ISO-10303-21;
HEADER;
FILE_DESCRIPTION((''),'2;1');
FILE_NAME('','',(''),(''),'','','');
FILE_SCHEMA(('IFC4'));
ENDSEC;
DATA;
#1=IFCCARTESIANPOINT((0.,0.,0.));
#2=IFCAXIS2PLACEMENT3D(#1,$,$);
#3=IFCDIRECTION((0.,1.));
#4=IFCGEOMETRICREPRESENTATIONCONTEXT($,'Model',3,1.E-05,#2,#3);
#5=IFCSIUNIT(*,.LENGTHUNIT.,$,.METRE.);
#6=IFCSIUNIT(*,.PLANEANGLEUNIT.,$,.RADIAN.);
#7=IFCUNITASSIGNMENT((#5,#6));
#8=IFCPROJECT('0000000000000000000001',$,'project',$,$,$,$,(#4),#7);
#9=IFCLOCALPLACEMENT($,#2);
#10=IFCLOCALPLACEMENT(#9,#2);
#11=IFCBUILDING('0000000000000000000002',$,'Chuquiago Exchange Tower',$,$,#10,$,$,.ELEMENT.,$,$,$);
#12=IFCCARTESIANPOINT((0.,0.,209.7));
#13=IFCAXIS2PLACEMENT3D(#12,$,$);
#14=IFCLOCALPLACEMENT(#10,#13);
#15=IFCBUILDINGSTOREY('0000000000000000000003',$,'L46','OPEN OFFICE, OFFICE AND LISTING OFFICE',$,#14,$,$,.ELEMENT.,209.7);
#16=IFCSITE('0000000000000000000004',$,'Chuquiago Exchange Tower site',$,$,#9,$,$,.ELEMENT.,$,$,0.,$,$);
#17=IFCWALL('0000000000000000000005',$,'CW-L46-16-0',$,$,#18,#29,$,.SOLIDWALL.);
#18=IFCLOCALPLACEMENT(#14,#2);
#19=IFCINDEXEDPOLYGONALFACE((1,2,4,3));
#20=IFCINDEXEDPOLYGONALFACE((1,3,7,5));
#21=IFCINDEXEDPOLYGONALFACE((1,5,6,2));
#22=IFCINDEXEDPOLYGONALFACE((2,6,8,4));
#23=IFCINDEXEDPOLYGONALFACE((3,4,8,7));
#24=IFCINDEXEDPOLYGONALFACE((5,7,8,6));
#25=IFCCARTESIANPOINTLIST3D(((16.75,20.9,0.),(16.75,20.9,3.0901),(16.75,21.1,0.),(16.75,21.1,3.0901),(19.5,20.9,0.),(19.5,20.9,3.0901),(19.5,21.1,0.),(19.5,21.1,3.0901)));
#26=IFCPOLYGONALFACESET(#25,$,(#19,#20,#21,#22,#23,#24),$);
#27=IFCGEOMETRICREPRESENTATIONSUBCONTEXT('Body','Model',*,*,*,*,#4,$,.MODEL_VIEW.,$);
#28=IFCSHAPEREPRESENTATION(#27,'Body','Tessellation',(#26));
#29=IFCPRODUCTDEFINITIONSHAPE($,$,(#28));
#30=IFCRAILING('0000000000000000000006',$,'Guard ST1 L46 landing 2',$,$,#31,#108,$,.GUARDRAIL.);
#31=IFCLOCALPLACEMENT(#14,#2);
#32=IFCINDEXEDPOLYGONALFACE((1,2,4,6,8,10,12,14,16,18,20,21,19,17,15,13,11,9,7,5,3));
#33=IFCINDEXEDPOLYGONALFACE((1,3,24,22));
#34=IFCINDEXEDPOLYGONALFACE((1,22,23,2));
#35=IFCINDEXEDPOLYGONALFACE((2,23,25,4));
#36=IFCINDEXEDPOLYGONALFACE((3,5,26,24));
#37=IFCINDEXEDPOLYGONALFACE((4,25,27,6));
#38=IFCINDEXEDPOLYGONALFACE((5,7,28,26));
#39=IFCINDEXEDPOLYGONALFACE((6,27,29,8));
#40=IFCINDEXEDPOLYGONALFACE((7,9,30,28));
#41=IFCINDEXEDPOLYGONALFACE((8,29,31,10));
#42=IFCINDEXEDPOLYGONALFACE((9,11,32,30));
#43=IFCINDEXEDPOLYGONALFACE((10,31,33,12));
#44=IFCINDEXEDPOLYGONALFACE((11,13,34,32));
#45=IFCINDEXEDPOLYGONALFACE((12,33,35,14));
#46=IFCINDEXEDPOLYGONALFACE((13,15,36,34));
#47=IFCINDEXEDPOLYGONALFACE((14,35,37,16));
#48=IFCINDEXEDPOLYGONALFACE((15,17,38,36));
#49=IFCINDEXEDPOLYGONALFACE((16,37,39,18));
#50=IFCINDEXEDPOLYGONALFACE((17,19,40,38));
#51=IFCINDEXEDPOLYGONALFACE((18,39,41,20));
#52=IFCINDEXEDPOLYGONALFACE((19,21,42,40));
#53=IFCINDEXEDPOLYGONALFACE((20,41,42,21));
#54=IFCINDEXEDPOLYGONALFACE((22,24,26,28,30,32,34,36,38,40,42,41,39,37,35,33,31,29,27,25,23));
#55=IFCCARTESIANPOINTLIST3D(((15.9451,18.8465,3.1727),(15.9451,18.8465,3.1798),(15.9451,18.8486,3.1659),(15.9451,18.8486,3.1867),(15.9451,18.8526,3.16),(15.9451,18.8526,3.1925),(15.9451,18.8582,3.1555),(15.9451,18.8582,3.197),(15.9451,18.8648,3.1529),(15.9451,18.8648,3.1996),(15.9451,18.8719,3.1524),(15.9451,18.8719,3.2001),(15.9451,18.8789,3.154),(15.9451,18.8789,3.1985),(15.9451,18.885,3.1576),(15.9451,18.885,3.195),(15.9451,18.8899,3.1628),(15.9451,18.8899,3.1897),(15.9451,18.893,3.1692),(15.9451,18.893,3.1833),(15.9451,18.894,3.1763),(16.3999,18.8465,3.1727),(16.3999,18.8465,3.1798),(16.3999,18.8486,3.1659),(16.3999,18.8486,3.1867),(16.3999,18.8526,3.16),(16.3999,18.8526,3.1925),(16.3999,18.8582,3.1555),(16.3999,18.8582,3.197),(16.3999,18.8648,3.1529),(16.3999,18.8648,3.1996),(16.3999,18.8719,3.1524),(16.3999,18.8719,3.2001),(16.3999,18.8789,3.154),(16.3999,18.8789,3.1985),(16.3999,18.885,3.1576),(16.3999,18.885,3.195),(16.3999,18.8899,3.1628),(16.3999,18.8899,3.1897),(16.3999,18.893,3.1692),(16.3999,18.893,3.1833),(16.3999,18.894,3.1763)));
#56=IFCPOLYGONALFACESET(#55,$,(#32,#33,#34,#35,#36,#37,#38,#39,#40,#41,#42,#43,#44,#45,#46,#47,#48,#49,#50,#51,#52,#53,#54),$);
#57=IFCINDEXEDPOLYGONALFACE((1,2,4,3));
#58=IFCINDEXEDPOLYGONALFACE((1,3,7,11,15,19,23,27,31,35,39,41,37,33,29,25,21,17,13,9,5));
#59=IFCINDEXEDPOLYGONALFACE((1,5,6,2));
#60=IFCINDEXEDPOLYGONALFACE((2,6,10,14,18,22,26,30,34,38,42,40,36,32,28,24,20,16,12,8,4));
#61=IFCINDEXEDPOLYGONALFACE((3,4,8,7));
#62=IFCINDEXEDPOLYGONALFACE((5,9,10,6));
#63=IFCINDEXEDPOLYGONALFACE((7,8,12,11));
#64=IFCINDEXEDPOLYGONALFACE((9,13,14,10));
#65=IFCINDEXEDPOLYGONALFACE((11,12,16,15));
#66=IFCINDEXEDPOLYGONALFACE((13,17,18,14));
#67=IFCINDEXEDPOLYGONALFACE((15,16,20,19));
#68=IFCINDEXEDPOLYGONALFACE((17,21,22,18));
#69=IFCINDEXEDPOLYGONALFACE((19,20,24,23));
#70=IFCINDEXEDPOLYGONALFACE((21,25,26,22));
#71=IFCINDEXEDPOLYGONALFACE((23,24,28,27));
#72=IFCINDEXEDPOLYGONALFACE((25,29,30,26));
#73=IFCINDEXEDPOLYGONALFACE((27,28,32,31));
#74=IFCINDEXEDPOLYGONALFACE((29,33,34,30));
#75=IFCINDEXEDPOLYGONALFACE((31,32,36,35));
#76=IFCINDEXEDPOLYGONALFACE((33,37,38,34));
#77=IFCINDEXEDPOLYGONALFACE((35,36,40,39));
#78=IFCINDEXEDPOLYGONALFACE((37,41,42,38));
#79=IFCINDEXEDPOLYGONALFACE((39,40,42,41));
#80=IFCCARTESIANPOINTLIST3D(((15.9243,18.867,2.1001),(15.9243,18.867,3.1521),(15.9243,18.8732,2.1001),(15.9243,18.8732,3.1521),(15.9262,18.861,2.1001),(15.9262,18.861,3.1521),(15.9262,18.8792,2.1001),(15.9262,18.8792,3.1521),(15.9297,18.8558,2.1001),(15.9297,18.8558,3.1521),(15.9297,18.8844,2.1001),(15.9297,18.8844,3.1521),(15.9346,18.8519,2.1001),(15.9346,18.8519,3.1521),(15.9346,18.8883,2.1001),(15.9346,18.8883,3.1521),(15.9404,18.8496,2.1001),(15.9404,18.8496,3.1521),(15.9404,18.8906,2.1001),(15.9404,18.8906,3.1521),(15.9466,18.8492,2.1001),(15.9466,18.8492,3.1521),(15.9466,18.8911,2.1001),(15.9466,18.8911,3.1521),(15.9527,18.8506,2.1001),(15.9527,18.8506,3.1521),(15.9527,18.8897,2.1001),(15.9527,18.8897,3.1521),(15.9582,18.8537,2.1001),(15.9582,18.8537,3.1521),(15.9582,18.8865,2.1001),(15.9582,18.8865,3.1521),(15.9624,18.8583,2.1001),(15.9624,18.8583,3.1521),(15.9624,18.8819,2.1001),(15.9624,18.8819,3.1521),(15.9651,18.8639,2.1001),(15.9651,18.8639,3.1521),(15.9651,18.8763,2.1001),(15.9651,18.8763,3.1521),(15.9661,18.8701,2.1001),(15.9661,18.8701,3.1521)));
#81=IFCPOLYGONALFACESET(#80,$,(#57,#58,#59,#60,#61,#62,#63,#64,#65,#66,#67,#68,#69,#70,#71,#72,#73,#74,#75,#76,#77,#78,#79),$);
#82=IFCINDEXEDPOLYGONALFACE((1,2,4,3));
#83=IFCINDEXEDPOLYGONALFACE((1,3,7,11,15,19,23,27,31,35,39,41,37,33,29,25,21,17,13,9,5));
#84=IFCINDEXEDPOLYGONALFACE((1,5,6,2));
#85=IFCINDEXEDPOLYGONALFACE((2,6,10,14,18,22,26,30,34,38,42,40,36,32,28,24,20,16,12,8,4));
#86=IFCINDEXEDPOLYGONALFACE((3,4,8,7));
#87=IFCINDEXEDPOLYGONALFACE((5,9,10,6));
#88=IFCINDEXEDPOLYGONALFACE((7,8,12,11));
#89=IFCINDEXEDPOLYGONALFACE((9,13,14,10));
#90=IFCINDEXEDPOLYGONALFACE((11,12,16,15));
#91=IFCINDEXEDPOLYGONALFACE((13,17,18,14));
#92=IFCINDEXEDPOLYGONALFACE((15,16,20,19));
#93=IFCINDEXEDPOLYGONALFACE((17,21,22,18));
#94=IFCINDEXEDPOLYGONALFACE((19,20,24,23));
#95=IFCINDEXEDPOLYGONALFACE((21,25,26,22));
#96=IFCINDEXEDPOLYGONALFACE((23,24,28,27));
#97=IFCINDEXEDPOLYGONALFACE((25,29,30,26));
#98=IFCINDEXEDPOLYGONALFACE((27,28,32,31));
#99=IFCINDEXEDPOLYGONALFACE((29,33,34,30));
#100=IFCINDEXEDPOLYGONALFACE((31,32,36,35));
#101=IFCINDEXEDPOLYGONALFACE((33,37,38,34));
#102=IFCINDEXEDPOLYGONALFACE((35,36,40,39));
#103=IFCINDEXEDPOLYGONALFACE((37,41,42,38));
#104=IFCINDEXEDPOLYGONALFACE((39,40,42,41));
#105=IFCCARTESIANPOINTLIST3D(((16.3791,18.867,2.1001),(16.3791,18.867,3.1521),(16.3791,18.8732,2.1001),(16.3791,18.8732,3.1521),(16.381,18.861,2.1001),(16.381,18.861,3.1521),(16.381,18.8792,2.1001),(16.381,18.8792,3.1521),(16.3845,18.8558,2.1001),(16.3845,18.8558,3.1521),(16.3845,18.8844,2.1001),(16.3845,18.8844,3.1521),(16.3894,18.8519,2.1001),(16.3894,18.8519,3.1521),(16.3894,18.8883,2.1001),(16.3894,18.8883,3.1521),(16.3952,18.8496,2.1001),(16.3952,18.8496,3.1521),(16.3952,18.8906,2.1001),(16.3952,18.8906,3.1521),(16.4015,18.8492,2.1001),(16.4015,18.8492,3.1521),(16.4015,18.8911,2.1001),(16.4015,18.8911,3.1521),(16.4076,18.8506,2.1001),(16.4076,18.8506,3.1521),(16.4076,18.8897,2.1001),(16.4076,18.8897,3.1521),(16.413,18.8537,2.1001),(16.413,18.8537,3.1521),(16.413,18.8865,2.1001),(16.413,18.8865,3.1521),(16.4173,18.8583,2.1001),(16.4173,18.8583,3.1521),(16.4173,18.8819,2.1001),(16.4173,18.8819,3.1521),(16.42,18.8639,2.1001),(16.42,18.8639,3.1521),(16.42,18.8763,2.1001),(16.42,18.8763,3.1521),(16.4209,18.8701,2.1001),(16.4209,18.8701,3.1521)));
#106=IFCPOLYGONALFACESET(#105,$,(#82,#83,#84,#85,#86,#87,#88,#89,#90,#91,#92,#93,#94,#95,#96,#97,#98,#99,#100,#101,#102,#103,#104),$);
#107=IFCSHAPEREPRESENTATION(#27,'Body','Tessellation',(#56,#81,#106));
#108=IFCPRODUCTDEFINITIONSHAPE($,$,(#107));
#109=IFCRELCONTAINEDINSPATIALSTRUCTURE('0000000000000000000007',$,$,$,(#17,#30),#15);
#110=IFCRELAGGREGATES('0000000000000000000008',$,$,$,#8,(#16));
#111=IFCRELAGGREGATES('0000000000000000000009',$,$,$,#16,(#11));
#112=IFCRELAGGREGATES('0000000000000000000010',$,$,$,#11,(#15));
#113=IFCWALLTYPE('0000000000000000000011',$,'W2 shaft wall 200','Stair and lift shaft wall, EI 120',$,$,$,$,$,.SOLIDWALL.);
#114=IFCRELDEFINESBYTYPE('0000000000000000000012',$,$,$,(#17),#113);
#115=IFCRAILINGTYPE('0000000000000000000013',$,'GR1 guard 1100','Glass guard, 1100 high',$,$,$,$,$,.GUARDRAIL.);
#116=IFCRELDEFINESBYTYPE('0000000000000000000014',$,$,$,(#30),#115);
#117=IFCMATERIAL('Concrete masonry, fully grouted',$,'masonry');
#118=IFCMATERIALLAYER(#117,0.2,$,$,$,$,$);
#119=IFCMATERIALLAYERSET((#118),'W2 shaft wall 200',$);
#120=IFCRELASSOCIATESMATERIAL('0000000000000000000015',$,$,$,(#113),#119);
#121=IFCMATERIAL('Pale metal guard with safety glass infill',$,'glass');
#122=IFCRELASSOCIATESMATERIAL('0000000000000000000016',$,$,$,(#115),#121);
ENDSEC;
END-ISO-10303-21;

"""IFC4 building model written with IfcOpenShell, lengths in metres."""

from ifc_helpers import new_model, si_unit, direction, frame, frame_2d, origin, origin_2d, place, context, subcontext, project, spatial, rectangle, circle, extrude, material, layer, layer_set, type_object, element, save


model = new_model("IFC4")

# Units and contexts
model_context = context("Model", 3, precision=1e-05, world=origin(), true_north=direction((0.0, 1.0)))
body_context = subcontext(model_context, "Body", "Model", "MODEL_VIEW")
ifc_project = project(units=[si_unit("LENGTHUNIT", "METRE"), si_unit("PLANEANGLEUNIT", "RADIAN")], contexts=[model_context])

# Site, building, storey
site_placement = place(None, origin())
site = spatial("IfcSite", under=ifc_project, at=site_placement, Name="Chuquiago Exchange Tower site", CompositionType="ELEMENT", RefElevation=0.0)
building_placement = place(site_placement, origin())
building = spatial("IfcBuilding", under=site, at=building_placement, Name="Chuquiago Exchange Tower", CompositionType="ELEMENT")
storey_placement = place(building_placement, frame((0.0, 0.0, 209.7)))
storey = spatial("IfcBuildingStorey", under=building, at=storey_placement, Name="L46", Description="OPEN OFFICE, OFFICE AND LISTING OFFICE", CompositionType="ELEMENT", Elevation=209.7)

# Wall
ifc_material_1 = material(Name="Concrete masonry, fully grouted", Category="masonry")
ifc_layer = layer(ifc_material_1, 0.2)
ifc_layer_set = layer_set([ifc_layer], Name="W2 shaft wall 200")
wall_type = type_object("IfcWallType", Name="W2 shaft wall 200", Description="Stair and lift shaft wall, EI 120", PredefinedType="SOLIDWALL", material=ifc_layer_set)
wall_1_placement = place(storey_placement, frame((16.75, 21.0, 0.0), z_axis=(0.0, 0.0, 1.0), x_axis=(1.0, 0.0, 0.0)))
element("IfcWall", 1, at=wall_1_placement, inside=storey, type_object=wall_type, Name="CW-L46-16-0", PredefinedType="SOLIDWALL", context=body_context, shape_type="SweptSolid", body=[
    extrude(rectangle(XDim=2.75, YDim=0.2, at=frame_2d((1.375, 0.0))), origin(), (0.0, 0.0, 1.0), 3.0901),
])

# Railing
ifc_material_2 = material(Name="Pale metal guard with safety glass infill", Category="glass")
railing_type_1 = type_object("IfcRailingType", Name="GR1 guard 1100", Description="Glass guard, 1100 high", PredefinedType="GUARDRAIL", material=ifc_material_2)
railing_placement = place(storey_placement, frame((15.9451, 18.8701, 2.1001)))
element("IfcRailing", 2, at=railing_placement, inside=storey, type_object=railing_type_1, Name="Guard ST1 L46 landing 2", PredefinedType="GUARDRAIL", context=body_context, shape_type="SweptSolid", body=[
    extrude(circle(Radius=0.0239, at=origin_2d()), frame((0.0, 0.0, 1.0762), z_axis=(1.0, 0.0, 0.0), x_axis=(0.0, 1.0, 0.0)), (0.0, 0.0, 1.0), 0.4548),
    extrude(circle(Radius=0.021, at=origin_2d()), origin(), (0.0, 0.0, 1.0), 1.052),
    extrude(circle(Radius=0.021, at=origin_2d()), frame((0.4548, 0.0, 0.0)), (0.0, 0.0, 1.0), 1.052),
])

save(model, "model.ifc")
